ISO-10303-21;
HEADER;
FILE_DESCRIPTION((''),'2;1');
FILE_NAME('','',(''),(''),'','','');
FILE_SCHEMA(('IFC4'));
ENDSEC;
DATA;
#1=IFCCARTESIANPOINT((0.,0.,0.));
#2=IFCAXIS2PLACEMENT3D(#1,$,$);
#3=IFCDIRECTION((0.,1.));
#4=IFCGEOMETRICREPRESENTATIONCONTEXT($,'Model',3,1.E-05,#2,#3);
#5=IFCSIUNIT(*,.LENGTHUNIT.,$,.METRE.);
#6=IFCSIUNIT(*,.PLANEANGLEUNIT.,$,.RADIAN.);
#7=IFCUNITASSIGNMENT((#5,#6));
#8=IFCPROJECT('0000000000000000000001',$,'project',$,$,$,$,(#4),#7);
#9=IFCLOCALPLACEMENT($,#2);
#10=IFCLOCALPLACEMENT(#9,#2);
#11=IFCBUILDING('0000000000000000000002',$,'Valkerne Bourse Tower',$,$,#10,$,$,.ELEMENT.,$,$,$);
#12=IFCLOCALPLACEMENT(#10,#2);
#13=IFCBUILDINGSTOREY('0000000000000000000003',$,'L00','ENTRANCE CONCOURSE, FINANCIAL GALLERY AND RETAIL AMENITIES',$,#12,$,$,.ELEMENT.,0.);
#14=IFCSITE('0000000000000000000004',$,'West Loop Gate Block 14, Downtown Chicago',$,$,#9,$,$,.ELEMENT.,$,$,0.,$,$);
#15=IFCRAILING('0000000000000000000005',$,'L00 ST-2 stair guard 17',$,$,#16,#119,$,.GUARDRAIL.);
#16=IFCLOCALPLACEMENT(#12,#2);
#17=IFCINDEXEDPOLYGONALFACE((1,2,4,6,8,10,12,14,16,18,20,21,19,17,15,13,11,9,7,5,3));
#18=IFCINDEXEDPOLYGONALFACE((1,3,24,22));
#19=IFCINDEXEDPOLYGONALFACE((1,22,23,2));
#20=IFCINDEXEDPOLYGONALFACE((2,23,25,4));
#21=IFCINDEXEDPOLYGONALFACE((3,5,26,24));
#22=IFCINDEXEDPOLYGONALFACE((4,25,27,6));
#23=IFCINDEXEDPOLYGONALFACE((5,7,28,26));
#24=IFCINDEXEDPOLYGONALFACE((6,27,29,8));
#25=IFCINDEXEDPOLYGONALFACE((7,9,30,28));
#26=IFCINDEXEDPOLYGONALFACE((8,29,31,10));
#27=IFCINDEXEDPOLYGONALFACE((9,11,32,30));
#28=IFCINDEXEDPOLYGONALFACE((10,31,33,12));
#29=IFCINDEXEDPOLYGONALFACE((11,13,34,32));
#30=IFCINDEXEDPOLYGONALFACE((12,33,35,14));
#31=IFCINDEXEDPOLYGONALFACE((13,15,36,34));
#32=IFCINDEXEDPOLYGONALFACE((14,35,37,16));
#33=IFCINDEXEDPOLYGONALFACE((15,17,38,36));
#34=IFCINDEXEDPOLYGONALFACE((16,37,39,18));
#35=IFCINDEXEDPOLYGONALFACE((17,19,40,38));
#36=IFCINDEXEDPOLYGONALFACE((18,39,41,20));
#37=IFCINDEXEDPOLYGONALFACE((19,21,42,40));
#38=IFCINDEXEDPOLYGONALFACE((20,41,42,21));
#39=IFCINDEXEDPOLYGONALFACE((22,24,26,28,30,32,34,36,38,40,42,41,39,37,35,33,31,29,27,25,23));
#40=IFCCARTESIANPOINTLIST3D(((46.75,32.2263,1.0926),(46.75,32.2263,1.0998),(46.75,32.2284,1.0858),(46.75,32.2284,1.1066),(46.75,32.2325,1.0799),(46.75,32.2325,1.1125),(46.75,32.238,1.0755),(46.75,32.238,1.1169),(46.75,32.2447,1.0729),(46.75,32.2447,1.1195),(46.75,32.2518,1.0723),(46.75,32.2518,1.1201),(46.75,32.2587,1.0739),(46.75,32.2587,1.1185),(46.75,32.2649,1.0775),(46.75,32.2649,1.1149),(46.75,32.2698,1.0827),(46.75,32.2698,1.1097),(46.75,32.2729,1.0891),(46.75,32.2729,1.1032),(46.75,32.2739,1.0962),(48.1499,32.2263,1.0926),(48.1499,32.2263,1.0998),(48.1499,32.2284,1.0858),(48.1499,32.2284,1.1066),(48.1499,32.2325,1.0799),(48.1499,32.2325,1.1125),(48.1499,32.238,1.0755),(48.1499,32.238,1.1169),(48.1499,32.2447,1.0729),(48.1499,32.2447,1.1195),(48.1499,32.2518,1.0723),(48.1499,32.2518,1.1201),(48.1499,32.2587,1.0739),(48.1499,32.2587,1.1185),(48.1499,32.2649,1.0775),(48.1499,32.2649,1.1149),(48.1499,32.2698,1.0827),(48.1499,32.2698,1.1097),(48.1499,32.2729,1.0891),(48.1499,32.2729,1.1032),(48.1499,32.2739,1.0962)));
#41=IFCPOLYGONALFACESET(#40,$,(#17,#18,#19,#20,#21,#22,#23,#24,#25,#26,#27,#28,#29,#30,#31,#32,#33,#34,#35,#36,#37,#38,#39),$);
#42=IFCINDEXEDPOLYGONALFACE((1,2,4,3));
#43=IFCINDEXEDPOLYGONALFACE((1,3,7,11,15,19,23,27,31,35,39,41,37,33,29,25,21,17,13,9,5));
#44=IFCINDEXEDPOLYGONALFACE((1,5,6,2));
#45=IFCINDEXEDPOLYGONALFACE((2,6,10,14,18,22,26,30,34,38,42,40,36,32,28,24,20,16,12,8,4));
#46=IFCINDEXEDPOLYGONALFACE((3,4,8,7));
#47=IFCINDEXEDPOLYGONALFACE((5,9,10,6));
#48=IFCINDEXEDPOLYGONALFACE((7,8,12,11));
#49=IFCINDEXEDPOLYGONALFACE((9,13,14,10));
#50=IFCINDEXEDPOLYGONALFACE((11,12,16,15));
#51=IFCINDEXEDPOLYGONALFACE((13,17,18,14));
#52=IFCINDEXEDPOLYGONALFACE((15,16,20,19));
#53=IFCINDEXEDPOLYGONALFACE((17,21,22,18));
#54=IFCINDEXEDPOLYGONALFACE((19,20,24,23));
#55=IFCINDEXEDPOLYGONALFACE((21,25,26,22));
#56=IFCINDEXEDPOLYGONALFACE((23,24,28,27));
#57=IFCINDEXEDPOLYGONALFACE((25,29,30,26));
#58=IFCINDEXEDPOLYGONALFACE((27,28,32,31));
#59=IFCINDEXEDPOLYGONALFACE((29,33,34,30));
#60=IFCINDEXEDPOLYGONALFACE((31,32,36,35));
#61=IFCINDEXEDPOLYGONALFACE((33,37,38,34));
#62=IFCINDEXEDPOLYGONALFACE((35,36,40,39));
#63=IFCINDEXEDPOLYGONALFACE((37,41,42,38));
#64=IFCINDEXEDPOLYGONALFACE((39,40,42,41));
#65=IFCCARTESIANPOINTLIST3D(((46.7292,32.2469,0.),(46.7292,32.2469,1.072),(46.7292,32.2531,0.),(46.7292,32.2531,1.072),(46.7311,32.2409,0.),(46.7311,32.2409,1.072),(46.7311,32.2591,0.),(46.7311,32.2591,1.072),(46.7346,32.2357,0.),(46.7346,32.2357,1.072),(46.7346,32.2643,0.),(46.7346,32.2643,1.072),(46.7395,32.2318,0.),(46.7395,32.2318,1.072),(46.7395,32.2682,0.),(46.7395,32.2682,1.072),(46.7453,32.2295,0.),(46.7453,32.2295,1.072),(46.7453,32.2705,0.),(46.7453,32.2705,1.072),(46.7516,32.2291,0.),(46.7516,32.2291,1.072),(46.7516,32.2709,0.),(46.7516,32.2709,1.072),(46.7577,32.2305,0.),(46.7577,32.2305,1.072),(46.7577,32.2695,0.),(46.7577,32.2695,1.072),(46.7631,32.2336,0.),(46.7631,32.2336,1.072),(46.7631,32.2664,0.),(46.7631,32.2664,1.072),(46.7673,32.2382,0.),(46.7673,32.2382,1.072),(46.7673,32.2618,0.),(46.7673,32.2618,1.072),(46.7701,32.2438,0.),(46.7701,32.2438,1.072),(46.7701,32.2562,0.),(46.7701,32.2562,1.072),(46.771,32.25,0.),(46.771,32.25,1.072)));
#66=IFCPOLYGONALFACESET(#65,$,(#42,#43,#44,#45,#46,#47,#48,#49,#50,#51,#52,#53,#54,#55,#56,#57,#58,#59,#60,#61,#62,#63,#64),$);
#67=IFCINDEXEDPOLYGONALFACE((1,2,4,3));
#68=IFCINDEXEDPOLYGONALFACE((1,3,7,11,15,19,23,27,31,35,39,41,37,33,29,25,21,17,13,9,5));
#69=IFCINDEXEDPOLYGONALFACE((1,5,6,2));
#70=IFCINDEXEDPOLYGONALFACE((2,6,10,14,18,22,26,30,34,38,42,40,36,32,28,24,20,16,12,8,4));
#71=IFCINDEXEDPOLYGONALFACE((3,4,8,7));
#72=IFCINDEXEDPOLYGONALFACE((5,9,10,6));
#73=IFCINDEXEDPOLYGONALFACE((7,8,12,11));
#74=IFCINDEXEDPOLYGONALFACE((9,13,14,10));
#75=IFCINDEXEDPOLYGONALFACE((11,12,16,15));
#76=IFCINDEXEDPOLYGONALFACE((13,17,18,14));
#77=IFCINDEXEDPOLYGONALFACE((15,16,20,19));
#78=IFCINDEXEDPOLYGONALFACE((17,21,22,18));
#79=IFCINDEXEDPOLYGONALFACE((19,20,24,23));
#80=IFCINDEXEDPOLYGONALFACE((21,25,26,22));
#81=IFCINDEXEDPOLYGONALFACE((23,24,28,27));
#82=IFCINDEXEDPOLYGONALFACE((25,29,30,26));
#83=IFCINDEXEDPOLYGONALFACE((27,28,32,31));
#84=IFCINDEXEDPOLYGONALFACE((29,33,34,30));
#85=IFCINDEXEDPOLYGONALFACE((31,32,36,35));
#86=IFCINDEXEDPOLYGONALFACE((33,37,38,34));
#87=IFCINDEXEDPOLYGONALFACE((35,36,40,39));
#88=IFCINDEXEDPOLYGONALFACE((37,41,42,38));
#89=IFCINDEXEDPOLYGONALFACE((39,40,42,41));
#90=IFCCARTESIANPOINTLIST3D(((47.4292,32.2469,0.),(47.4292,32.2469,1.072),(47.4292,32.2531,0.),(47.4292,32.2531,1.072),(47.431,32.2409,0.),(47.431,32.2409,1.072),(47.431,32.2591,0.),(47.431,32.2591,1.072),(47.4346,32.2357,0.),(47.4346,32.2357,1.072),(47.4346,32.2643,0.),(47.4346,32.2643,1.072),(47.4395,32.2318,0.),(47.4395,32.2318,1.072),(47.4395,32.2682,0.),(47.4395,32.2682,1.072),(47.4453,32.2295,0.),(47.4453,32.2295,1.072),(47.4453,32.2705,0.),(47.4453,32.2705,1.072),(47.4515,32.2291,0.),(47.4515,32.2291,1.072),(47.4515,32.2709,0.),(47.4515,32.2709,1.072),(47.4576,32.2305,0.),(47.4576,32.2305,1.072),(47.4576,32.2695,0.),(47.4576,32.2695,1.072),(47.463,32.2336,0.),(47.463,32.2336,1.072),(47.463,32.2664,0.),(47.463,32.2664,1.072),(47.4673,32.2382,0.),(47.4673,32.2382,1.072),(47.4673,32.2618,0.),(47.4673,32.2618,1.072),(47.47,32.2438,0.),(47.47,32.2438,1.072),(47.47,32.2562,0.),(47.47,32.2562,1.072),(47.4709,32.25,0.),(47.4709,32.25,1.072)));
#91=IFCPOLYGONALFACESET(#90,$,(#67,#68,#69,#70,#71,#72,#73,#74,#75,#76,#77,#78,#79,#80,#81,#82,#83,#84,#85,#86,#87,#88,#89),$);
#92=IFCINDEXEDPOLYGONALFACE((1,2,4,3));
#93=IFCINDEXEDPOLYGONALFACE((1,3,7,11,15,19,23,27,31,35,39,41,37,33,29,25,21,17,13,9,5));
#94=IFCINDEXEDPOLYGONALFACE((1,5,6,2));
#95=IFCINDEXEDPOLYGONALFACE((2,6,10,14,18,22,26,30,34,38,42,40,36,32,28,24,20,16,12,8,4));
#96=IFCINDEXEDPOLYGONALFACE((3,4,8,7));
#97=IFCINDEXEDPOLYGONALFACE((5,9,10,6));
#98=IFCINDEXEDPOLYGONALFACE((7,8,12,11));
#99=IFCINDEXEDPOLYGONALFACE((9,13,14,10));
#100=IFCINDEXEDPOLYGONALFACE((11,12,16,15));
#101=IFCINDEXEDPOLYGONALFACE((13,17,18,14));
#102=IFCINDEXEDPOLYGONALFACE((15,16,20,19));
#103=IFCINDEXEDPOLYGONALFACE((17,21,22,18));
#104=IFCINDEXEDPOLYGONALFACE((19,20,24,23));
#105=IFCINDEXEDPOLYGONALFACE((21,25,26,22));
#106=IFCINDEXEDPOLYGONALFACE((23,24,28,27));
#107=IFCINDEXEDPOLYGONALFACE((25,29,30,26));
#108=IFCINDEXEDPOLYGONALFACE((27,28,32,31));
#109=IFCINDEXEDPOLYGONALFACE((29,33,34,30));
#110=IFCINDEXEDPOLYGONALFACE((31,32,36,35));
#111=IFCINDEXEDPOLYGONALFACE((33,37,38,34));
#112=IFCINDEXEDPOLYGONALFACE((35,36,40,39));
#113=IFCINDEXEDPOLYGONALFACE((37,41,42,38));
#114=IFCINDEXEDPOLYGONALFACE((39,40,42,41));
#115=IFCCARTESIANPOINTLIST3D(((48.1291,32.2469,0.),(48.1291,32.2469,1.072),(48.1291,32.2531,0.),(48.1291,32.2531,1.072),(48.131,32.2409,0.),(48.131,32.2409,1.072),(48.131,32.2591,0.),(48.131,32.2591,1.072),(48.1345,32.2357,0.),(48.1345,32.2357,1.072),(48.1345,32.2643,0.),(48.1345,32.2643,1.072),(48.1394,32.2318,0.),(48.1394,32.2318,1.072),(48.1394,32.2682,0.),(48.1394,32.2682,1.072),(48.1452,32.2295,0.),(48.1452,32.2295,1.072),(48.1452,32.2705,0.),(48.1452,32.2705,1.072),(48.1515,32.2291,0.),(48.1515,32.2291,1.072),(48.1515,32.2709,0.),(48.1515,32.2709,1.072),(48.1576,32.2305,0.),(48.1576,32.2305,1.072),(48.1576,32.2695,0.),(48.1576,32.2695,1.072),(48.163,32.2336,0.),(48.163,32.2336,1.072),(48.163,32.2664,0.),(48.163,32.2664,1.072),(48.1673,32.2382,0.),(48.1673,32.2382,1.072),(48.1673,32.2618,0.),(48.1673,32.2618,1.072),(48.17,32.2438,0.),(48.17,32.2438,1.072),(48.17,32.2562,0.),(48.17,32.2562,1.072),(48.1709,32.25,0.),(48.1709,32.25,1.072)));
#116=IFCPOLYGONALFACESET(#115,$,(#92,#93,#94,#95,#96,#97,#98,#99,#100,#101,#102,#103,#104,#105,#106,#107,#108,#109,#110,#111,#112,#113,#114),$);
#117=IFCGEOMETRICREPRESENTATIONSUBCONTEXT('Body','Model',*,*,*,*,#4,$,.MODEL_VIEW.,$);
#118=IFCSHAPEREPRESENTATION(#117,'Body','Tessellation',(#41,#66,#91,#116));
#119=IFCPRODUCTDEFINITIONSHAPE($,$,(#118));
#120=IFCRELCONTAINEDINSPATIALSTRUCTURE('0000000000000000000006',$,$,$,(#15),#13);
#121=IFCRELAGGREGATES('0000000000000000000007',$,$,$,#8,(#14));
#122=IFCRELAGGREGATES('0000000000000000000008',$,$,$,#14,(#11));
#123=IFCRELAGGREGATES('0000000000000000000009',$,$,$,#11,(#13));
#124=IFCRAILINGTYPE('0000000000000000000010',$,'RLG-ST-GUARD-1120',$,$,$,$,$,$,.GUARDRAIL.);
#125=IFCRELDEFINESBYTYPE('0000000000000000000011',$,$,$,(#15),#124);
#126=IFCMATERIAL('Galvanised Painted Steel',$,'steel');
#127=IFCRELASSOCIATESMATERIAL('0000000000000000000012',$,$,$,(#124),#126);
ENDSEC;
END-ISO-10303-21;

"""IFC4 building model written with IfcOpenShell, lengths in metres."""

from ifc_helpers import new_model, si_unit, direction, frame, origin, origin_2d, place, context, subcontext, project, spatial, circle, extrude, material, type_object, element, save


model = new_model("IFC4")

# Units and contexts
model_context = context("Model", 3, precision=1e-05, world=origin(), true_north=direction((0.0, 1.0)))
body_context = subcontext(model_context, "Body", "Model", "MODEL_VIEW")
ifc_project = project(units=[si_unit("LENGTHUNIT", "METRE"), si_unit("PLANEANGLEUNIT", "RADIAN")], contexts=[model_context])

# Site, building, storey
site_placement = place(None, origin())
site = spatial("IfcSite", under=ifc_project, at=site_placement, Name="West Loop Gate Block 14, Downtown Chicago", CompositionType="ELEMENT", RefElevation=0.0)
building_placement = place(site_placement, origin())
building = spatial("IfcBuilding", under=site, at=building_placement, Name="Valkerne Bourse Tower", CompositionType="ELEMENT")
storey_placement = place(building_placement, origin())
storey = spatial("IfcBuildingStorey", under=building, at=storey_placement, Name="L00", Description="ENTRANCE CONCOURSE, FINANCIAL GALLERY AND RETAIL AMENITIES", CompositionType="ELEMENT", Elevation=0.0)

# Shared definitions
ifc_material_1 = material(Name="Galvanised Painted Steel", Category="steel")

# Railing
railing_type_1 = type_object("IfcRailingType", Name="RLG-ST-GUARD-1120", PredefinedType="GUARDRAIL", material=ifc_material_1)
railing_1_placement = place(storey_placement, frame((46.75, 32.25, 0.0)))
element("IfcRailing", 1, at=railing_1_placement, inside=storey, type_object=railing_type_1, Name="L00 ST-2 stair guard 17", PredefinedType="GUARDRAIL", context=body_context, shape_type="SweptSolid", body=[
    extrude(circle(Radius=0.0239, at=origin_2d()), frame((0.0, 0.0, 1.0962), z_axis=(1.0, 0.0, 0.0), x_axis=(0.0, 1.0, 0.0)), (0.0, 0.0, 1.0), 1.3999),
    extrude(circle(Radius=0.021, at=origin_2d()), origin(), (0.0, 0.0, 1.0), 1.072),
    extrude(circle(Radius=0.021, at=origin_2d()), frame((0.7, 0.0, 0.0)), (0.0, 0.0, 1.0), 1.072),
    extrude(circle(Radius=0.021, at=origin_2d()), frame((1.3999, 0.0, 0.0)), (0.0, 0.0, 1.0), 1.072),
])

save(model, "model.ifc")
